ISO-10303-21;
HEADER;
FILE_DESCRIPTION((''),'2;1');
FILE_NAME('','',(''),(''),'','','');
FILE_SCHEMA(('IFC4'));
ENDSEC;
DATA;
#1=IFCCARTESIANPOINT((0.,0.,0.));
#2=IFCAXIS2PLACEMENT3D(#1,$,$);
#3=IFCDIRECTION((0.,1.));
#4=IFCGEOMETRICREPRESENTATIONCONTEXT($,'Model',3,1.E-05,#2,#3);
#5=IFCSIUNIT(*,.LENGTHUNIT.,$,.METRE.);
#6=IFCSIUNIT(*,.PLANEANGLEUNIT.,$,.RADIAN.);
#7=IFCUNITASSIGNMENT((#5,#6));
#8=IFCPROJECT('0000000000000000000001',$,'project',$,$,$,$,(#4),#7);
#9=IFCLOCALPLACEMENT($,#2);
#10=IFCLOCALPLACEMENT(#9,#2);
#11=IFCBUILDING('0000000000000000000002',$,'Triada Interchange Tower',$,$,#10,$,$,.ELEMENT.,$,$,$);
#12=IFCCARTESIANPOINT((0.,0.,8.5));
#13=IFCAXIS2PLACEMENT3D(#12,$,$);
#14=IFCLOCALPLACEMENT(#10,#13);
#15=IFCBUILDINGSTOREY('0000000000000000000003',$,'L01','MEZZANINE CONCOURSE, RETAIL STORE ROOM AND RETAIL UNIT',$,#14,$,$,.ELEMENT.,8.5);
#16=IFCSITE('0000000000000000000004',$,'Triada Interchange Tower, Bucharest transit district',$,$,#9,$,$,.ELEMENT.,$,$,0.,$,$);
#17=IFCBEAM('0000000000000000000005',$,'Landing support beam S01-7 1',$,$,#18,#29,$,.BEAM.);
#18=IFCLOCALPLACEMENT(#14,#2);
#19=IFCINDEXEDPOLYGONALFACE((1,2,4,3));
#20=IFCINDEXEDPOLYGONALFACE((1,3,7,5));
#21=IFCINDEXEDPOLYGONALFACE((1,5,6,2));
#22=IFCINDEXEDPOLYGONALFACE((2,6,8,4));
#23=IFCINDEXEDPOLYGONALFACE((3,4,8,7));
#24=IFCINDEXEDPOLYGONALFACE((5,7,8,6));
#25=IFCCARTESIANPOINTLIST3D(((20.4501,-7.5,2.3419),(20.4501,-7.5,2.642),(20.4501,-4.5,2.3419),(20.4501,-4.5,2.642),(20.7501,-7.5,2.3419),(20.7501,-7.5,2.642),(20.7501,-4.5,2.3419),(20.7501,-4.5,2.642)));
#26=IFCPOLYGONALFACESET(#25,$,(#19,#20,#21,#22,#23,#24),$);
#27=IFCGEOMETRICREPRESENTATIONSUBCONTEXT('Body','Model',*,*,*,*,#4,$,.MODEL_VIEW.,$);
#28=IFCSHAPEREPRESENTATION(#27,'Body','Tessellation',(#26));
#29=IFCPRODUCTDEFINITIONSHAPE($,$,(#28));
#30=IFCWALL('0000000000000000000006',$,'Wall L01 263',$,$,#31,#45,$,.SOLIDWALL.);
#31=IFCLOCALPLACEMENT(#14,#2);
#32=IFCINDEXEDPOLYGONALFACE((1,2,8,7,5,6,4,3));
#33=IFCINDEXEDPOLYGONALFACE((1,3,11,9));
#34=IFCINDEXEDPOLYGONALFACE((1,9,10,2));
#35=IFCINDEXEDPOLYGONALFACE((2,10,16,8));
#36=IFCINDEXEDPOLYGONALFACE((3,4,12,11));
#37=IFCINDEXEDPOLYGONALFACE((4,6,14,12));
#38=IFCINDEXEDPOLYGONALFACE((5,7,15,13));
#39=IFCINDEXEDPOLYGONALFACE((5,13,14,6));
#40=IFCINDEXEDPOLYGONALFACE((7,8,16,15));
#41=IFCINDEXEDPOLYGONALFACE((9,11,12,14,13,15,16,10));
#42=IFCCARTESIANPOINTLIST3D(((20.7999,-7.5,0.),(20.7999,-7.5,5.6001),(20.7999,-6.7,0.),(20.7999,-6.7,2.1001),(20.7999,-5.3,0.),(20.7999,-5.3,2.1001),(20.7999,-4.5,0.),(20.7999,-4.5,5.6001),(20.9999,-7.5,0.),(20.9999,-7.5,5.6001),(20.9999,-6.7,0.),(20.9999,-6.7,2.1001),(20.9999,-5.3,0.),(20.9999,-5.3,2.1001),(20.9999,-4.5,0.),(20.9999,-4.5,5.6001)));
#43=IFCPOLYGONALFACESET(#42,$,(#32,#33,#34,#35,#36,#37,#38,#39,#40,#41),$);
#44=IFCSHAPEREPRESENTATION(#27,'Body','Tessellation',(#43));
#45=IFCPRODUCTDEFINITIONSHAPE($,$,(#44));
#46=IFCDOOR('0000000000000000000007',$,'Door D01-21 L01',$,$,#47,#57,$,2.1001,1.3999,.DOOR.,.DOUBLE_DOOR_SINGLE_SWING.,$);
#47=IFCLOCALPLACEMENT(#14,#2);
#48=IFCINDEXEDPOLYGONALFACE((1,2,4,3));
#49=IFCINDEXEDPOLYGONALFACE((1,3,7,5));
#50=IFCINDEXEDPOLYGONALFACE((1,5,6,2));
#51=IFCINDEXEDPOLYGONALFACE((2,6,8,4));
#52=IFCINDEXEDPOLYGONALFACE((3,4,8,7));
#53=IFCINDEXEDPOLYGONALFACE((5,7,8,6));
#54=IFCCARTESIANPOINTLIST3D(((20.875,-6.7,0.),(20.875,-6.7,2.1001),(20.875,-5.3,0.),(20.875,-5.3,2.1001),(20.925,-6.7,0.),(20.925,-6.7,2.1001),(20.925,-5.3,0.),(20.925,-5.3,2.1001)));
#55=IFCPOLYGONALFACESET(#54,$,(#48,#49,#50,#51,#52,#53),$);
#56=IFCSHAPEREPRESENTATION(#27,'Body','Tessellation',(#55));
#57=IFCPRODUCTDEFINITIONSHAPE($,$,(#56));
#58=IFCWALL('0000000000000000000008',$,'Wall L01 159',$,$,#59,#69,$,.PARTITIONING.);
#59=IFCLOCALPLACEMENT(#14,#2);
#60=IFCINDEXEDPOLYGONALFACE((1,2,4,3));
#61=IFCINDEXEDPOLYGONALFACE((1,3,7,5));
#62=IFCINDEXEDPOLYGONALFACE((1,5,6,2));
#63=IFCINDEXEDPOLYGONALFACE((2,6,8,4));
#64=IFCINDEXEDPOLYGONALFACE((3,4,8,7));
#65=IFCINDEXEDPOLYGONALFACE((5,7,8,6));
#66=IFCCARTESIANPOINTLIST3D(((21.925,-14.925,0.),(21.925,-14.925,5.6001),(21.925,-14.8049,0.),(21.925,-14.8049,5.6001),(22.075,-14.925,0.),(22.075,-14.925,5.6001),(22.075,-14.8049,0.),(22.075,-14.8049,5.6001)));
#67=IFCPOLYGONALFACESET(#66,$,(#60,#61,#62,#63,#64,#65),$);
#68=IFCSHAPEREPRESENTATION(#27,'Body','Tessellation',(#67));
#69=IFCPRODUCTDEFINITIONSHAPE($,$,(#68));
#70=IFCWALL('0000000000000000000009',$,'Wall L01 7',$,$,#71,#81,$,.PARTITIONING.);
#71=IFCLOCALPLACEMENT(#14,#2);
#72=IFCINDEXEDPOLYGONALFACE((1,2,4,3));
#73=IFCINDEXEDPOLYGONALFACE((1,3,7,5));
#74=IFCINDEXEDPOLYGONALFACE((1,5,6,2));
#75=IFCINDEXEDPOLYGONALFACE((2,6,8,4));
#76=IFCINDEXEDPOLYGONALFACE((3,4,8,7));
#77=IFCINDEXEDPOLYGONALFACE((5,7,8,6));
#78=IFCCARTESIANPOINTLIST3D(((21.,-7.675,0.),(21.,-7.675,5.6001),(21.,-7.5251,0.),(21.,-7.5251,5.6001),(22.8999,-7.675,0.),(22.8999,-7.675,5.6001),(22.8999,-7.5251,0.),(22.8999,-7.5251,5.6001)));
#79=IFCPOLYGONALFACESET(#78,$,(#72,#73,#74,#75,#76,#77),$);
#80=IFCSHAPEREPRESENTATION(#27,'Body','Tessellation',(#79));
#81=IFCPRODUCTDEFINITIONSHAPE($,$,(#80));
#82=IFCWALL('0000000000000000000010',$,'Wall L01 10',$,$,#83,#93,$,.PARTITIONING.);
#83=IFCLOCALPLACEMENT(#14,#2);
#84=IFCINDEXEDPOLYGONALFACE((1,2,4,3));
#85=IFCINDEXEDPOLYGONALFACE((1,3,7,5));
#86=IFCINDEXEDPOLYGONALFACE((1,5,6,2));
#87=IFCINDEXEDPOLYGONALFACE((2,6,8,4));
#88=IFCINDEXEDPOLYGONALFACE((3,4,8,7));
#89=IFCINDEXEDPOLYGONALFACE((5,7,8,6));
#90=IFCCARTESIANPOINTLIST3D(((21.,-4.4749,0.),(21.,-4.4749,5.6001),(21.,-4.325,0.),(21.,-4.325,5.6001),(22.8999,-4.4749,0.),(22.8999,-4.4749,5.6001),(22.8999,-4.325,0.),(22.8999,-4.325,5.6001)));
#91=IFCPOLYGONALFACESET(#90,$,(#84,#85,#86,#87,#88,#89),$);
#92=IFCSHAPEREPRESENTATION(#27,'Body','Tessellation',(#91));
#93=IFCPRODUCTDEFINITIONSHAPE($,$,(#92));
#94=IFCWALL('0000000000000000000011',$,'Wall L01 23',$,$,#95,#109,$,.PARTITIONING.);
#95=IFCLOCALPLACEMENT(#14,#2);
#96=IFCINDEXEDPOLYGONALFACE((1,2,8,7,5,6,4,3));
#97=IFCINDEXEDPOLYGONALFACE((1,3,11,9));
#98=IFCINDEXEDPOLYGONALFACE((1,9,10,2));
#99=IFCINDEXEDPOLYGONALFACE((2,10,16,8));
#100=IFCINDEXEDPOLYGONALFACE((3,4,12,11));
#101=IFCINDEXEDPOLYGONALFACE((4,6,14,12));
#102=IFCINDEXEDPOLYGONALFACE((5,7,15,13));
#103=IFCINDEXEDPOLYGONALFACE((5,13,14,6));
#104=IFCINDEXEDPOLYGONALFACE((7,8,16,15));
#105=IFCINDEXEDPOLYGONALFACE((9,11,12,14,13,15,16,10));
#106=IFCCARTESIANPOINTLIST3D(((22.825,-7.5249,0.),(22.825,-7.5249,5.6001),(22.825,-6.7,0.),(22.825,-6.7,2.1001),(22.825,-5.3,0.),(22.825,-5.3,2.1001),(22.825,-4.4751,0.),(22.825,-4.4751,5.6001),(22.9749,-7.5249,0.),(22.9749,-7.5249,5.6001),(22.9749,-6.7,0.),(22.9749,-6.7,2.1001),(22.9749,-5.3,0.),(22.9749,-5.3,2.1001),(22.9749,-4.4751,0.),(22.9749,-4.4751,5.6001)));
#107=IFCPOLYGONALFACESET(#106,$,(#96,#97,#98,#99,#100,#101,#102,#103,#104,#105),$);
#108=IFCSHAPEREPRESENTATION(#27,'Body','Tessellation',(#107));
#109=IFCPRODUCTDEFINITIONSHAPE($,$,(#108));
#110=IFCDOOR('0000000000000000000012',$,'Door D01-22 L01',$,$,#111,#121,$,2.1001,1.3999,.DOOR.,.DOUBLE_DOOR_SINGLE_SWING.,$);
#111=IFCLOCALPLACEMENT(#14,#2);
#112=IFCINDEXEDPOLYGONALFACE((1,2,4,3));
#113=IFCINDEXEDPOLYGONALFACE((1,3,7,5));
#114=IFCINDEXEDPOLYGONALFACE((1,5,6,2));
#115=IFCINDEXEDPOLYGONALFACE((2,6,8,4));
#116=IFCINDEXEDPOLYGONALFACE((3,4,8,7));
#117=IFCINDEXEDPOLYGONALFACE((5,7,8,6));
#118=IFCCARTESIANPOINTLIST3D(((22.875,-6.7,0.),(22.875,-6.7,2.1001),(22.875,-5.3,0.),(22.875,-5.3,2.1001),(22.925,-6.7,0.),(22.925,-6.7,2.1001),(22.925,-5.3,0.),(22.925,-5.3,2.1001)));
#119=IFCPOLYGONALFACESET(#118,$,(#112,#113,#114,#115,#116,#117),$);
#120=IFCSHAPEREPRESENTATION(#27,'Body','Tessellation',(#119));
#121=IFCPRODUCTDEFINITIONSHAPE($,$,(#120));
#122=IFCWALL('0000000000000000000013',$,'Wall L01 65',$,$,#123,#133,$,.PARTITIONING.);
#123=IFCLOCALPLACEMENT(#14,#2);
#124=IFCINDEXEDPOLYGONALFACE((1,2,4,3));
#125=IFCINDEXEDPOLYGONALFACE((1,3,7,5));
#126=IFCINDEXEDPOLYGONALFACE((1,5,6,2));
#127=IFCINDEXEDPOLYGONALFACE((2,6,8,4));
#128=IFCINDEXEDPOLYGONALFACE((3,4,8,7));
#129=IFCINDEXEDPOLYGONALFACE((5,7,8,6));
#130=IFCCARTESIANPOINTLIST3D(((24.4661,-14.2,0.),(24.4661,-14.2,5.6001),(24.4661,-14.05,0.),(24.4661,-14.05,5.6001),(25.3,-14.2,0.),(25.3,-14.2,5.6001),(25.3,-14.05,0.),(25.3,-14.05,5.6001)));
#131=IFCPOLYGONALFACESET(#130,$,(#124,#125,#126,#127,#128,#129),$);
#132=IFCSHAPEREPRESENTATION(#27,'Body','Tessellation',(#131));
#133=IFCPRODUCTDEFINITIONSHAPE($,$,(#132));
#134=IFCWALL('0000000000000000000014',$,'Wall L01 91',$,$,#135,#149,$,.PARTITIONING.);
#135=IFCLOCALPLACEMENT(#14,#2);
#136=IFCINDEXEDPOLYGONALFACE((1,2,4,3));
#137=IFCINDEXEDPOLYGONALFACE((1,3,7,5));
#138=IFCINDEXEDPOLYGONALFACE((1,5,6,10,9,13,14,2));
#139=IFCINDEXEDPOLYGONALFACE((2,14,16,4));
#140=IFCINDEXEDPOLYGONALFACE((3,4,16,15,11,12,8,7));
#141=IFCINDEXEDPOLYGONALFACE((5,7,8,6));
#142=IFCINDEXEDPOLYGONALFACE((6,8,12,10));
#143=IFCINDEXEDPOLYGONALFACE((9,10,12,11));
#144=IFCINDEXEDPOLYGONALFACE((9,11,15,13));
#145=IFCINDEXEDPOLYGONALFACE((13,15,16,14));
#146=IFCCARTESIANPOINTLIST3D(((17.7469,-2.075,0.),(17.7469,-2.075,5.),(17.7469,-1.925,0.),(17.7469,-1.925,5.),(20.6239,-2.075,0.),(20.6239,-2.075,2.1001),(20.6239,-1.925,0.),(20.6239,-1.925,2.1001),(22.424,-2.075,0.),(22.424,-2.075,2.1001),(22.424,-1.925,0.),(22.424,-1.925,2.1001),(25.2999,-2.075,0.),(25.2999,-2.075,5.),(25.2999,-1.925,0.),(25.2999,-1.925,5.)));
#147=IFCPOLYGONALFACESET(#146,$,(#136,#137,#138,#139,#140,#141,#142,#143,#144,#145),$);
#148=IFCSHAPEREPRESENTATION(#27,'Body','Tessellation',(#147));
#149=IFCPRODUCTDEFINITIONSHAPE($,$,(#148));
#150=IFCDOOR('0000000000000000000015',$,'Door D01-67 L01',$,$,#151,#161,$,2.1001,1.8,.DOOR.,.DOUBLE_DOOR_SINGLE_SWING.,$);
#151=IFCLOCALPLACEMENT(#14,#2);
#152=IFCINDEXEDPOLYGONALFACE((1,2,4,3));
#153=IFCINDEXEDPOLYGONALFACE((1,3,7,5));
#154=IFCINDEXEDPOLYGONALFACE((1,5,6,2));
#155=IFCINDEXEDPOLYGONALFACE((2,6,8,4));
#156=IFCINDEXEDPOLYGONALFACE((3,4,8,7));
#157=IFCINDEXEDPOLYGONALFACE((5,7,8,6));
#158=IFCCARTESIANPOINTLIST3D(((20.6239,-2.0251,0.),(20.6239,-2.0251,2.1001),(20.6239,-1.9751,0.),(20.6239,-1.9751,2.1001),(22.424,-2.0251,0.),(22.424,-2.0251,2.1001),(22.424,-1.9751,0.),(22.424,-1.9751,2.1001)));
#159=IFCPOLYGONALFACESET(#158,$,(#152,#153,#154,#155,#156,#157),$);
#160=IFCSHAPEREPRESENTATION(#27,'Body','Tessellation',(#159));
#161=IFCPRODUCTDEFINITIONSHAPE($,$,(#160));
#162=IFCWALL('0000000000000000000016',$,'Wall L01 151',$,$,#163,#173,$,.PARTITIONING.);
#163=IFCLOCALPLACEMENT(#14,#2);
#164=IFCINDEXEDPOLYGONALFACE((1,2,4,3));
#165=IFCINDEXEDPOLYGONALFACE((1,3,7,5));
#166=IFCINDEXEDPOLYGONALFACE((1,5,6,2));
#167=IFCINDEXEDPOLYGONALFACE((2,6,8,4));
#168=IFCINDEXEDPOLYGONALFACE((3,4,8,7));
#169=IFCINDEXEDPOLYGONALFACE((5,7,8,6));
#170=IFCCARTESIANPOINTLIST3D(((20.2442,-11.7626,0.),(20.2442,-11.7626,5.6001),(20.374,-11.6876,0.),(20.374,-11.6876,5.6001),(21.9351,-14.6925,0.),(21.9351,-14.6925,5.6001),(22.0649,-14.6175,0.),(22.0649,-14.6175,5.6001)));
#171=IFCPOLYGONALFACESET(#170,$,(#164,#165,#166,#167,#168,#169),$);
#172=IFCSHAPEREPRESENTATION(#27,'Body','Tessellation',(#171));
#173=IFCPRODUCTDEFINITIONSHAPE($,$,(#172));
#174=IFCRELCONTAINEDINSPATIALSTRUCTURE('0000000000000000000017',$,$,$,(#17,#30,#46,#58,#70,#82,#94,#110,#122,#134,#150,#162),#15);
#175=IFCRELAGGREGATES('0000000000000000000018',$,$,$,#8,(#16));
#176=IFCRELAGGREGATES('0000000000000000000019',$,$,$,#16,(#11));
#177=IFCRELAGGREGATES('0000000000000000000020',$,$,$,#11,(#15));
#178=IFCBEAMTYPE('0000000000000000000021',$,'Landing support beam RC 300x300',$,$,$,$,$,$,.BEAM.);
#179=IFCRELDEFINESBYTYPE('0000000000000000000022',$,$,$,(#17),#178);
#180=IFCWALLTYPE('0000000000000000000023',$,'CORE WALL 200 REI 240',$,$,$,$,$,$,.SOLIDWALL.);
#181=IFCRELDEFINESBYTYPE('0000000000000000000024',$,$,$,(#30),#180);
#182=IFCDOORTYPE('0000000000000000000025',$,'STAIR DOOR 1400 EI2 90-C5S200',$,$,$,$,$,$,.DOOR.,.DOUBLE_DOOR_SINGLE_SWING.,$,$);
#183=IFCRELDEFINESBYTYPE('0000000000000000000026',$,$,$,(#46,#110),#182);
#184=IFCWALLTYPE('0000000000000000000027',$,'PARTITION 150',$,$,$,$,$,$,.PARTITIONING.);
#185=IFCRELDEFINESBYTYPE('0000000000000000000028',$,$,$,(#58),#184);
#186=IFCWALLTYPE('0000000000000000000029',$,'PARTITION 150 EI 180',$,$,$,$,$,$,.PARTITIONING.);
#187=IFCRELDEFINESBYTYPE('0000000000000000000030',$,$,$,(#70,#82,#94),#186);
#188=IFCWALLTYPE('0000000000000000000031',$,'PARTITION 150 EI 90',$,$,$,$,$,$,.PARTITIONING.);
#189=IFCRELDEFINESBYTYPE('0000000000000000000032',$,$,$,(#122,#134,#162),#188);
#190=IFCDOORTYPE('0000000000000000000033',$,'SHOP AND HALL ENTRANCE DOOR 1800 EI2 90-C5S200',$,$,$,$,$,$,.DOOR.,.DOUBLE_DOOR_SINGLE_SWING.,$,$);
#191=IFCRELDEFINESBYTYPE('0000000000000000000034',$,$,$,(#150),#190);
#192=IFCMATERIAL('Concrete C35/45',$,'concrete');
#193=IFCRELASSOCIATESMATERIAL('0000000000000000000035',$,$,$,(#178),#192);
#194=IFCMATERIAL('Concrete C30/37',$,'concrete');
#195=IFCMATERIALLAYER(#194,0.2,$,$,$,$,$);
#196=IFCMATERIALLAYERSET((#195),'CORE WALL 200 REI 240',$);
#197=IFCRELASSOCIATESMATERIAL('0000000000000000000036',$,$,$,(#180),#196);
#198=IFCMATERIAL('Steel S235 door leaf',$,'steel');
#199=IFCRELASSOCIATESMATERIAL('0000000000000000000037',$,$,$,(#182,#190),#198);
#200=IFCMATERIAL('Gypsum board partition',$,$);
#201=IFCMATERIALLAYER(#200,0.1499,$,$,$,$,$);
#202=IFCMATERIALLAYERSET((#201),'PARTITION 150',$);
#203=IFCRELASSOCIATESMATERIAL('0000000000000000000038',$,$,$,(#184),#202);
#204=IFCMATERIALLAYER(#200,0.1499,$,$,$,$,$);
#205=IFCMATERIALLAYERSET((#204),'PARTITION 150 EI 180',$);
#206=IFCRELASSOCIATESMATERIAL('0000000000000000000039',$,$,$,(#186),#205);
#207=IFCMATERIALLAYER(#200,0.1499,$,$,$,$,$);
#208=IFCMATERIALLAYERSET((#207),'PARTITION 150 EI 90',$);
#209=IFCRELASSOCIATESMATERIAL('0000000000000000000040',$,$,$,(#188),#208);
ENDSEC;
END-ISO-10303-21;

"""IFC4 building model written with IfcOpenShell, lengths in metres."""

from ifc_helpers import new_model, si_unit, direction, frame, frame_2d, origin, origin_2d, place, context, subcontext, project, spatial, rectangle, extrude, material, layer, layer_set, material_profile, profile_set, type_object, element, fill, save


model = new_model("IFC4")

# Units and contexts
model_context = context("Model", 3, precision=1e-05, world=origin(), true_north=direction((0.0, 1.0)))
body_context = subcontext(model_context, "Body", "Model", "MODEL_VIEW")
ifc_project = project(units=[si_unit("LENGTHUNIT", "METRE"), si_unit("PLANEANGLEUNIT", "RADIAN")], contexts=[model_context])

# Site, building, storey
site_placement = place(None, origin())
site = spatial("IfcSite", under=ifc_project, at=site_placement, Name="Triada Interchange Tower, Bucharest transit district", CompositionType="ELEMENT", RefElevation=0.0)
building_placement = place(site_placement, origin())
building = spatial("IfcBuilding", under=site, at=building_placement, Name="Triada Interchange Tower", CompositionType="ELEMENT")
storey_placement = place(building_placement, frame((0.0, 0.0, 8.5)))
storey = spatial("IfcBuildingStorey", under=building, at=storey_placement, Name="L01", Description="MEZZANINE CONCOURSE, RETAIL STORE ROOM AND RETAIL UNIT", CompositionType="ELEMENT", Elevation=8.5)

# Beam
ifc_material_1 = material(Name="Concrete C35/45", Category="concrete")
ifc_material_profile = material_profile(ifc_material_1, rectangle(XDim=0.3, YDim=0.3, at=origin_2d()), Name="RC 300x300")
ifc_profile_set = profile_set([ifc_material_profile], Name="Concrete C35/45")
beam_type = type_object("IfcBeamType", Name="Landing support beam RC 300x300", PredefinedType="BEAM", material=ifc_profile_set)
beam_placement = place(storey_placement, frame((20.6001, -7.5, 2.4919), z_axis=(0.0, 1.0, 0.0), x_axis=(-1.0, 0.0, 0.0)))
element("IfcBeam", 1, at=beam_placement, inside=storey, type_object=beam_type, Name="Landing support beam S01-7 1", PredefinedType="BEAM", context=body_context, shape_type="SweptSolid", body=[
    extrude(rectangle(XDim=0.3, YDim=0.3, at=origin_2d()), origin(), (0.0, 0.0, 1.0), 3.0),
])

# Wall, opening, door
ifc_material_2 = material(Name="Concrete C30/37", Category="concrete")
ifc_layer_1 = layer(ifc_material_2, 0.2)
ifc_layer_set_1 = layer_set([ifc_layer_1], Name="CORE WALL 200 REI 240")
wall_type_1 = type_object("IfcWallType", Name="CORE WALL 200 REI 240", PredefinedType="SOLIDWALL", material=ifc_layer_set_1)
wall_1_placement = place(storey_placement, frame((20.8999, -7.5, 0.0), z_axis=(0.0, 0.0, 1.0), x_axis=(0.0, 1.0, 0.0)))
wall_1 = element("IfcWall", 2, at=wall_1_placement, inside=storey, type_object=wall_type_1, Name="Wall L01 263", PredefinedType="SOLIDWALL", context=body_context, shape_type="SweptSolid", body=[
    extrude(rectangle(XDim=3.0, YDim=0.2, at=frame_2d((1.5, 0.0))), origin(), (0.0, 0.0, 1.0), 5.6001),
])
opening_1_placement = place(wall_1_placement, frame((0.8, 0.0, 0.0)))
opening_1 = element("IfcOpeningElement", 3, at=opening_1_placement, cuts=wall_1, PredefinedType="OPENING", context=body_context, shape_type="SweptSolid", body=[
    extrude(rectangle(XDim=1.3999, YDim=2.1001, at=frame_2d((0.7, 1.05))), frame((0.0, 0.1099, 0.0), z_axis=(0.0, -1.0, 0.0), x_axis=(1.0, 0.0, 0.0)), (0.0, 0.0, 1.0), 0.22),
])
ifc_material_3 = material(Name="Steel S235 door leaf", Category="steel")
door_type_1 = type_object("IfcDoorType", Name="STAIR DOOR 1400 EI2 90-C5S200", OperationType="DOUBLE_DOOR_SINGLE_SWING", PredefinedType="DOOR", material=ifc_material_3)
door_1_placement = place(opening_1_placement, origin())
door_1 = element("IfcDoor", 4, at=door_1_placement, inside=storey, type_object=door_type_1, Name="Door D01-21 L01", OperationType="DOUBLE_DOOR_SINGLE_SWING", OverallHeight=2.1001, OverallWidth=1.3999, PredefinedType="DOOR", context=body_context, shape_type="SweptSolid", body=[
    extrude(rectangle(XDim=1.3999, YDim=2.1001, at=frame_2d((0.7, 1.05))), frame((0.0, 0.0249, 0.0), z_axis=(0.0, -1.0, 0.0), x_axis=(1.0, 0.0, 0.0)), (0.0, 0.0, 1.0), 0.05),
])
fill(opening_1, door_1)

# Walls
ifc_material_4 = material(Name="Gypsum board partition")
ifc_layer_2 = layer(ifc_material_4, 0.1499)
ifc_layer_set_2 = layer_set([ifc_layer_2], Name="PARTITION 150")
wall_type_2 = type_object("IfcWallType", Name="PARTITION 150", PredefinedType="PARTITIONING", material=ifc_layer_set_2)
wall_2_placement = place(storey_placement, frame((22.0, -14.925, 0.0), z_axis=(0.0, 0.0, 1.0), x_axis=(0.0, 1.0, 0.0)))
element("IfcWall", 5, at=wall_2_placement, inside=storey, type_object=wall_type_2, Name="Wall L01 159", PredefinedType="PARTITIONING", context=body_context, shape_type="SweptSolid", body=[
    extrude(rectangle(XDim=0.1201, YDim=0.1499, at=frame_2d((0.0601, 0.0))), origin(), (0.0, 0.0, 1.0), 5.6001),
])
ifc_layer_3 = layer(ifc_material_4, 0.1499)
ifc_layer_set_3 = layer_set([ifc_layer_3], Name="PARTITION 150 EI 180")
wall_type_3 = type_object("IfcWallType", Name="PARTITION 150 EI 180", PredefinedType="PARTITIONING", material=ifc_layer_set_3)
for number, where, z_axis, x_axis, name in (
    (6, (21.0, -7.6001, 0.0), (0.0, 0.0, 1.0), (1.0, 0.0, 0.0), "Wall L01 7"),
    (7, (21.0, -4.3999, 0.0), (0.0, 0.0, 1.0), (1.0, 0.0, 0.0), "Wall L01 10"),
):
    element("IfcWall", number, at=place(storey_placement, frame(where, z_axis=z_axis, x_axis=x_axis)), inside=storey, type_object=wall_type_3, Name=name, PredefinedType="PARTITIONING", context=body_context, shape_type="SweptSolid", body=[
        extrude(rectangle(XDim=1.8999, YDim=0.1499, at=frame_2d((0.95, 0.0))), origin(), (0.0, 0.0, 1.0), 5.6001),
    ])

# Wall, opening, door
wall_3_placement = place(storey_placement, frame((22.8999, -7.5249, 0.0), z_axis=(0.0, 0.0, 1.0), x_axis=(0.0, 1.0, 0.0)))
wall_3 = element("IfcWall", 8, at=wall_3_placement, inside=storey, type_object=wall_type_3, Name="Wall L01 23", PredefinedType="PARTITIONING", context=body_context, shape_type="SweptSolid", body=[
    extrude(rectangle(XDim=3.0498, YDim=0.1499, at=frame_2d((1.5249, 0.0))), origin(), (0.0, 0.0, 1.0), 5.6001),
])
opening_2_placement = place(wall_3_placement, frame((0.825, 0.0, 0.0)))
opening_2 = element("IfcOpeningElement", 9, at=opening_2_placement, cuts=wall_3, PredefinedType="OPENING", context=body_context, shape_type="SweptSolid", body=[
    extrude(rectangle(XDim=1.3999, YDim=2.1001, at=frame_2d((0.7, 1.05))), frame((0.0, 0.085, 0.0), z_axis=(0.0, -1.0, 0.0), x_axis=(1.0, 0.0, 0.0)), (0.0, 0.0, 1.0), 0.1699),
])
door_2_placement = place(opening_2_placement, origin())
door_2 = element("IfcDoor", 10, at=door_2_placement, inside=storey, type_object=door_type_1, Name="Door D01-22 L01", OperationType="DOUBLE_DOOR_SINGLE_SWING", OverallHeight=2.1001, OverallWidth=1.3999, PredefinedType="DOOR", context=body_context, shape_type="SweptSolid", body=[
    extrude(rectangle(XDim=1.3999, YDim=2.1001, at=frame_2d((0.7, 1.05))), frame((0.0, 0.0249, 0.0), z_axis=(0.0, -1.0, 0.0), x_axis=(1.0, 0.0, 0.0)), (0.0, 0.0, 1.0), 0.05),
])
fill(opening_2, door_2)

# Wall
ifc_layer_4 = layer(ifc_material_4, 0.1499)
ifc_layer_set_4 = layer_set([ifc_layer_4], Name="PARTITION 150 EI 90")
wall_type_4 = type_object("IfcWallType", Name="PARTITION 150 EI 90", PredefinedType="PARTITIONING", material=ifc_layer_set_4)
wall_4_placement = place(storey_placement, frame((24.4661, -14.125, 0.0), z_axis=(0.0, 0.0, 1.0), x_axis=(1.0, 0.0, 0.0)))
element("IfcWall", 11, at=wall_4_placement, inside=storey, type_object=wall_type_4, Name="Wall L01 65", PredefinedType="PARTITIONING", context=body_context, shape_type="SweptSolid", body=[
    extrude(rectangle(XDim=0.834, YDim=0.1499, at=frame_2d((0.417, 0.0))), origin(), (0.0, 0.0, 1.0), 5.6001),
])

# Wall, opening, door
wall_5_placement = place(storey_placement, frame((17.7471, -2.0, 0.0), z_axis=(0.0, 0.0, 1.0), x_axis=(1.0, 0.0, 0.0)))
wall_5 = element("IfcWall", 12, at=wall_5_placement, inside=storey, type_object=wall_type_4, Name="Wall L01 91", PredefinedType="PARTITIONING", context=body_context, shape_type="SweptSolid", body=[
    extrude(rectangle(XDim=7.553, YDim=0.1499, at=frame_2d((3.7764, 0.0))), origin(), (0.0, 0.0, 1.0), 5.0),
])
opening_3_placement = place(wall_5_placement, frame((2.877, 0.0, 0.0)))
opening_3 = element("IfcOpeningElement", 13, at=opening_3_placement, cuts=wall_5, PredefinedType="OPENING", context=body_context, shape_type="SweptSolid", body=[
    extrude(rectangle(XDim=1.8, YDim=2.1001, at=frame_2d((0.8999, 1.05))), frame((0.0, 0.085, 0.0), z_axis=(0.0, -1.0, 0.0), x_axis=(1.0, 0.0, 0.0)), (0.0, 0.0, 1.0), 0.1699),
])
door_type_2 = type_object("IfcDoorType", Name="SHOP AND HALL ENTRANCE DOOR 1800 EI2 90-C5S200", OperationType="DOUBLE_DOOR_SINGLE_SWING", PredefinedType="DOOR", material=ifc_material_3)
door_3_placement = place(opening_3_placement, origin())
door_3 = element("IfcDoor", 14, at=door_3_placement, inside=storey, type_object=door_type_2, Name="Door D01-67 L01", OperationType="DOUBLE_DOOR_SINGLE_SWING", OverallHeight=2.1001, OverallWidth=1.8, PredefinedType="DOOR", context=body_context, shape_type="SweptSolid", body=[
    extrude(rectangle(XDim=1.8, YDim=2.1001, at=frame_2d((0.8999, 1.05))), frame((0.0, 0.0249, 0.0), z_axis=(0.0, -1.0, 0.0), x_axis=(1.0, 0.0, 0.0)), (0.0, 0.0, 1.0), 0.05),
])
fill(opening_3, door_3)

# Wall
wall_6_placement = place(storey_placement, frame((20.3091, -11.7251, 0.0), z_axis=(0.0, 0.0, 1.0), x_axis=(0.499849, -0.866112, 0.0)))
element("IfcWall", 15, at=wall_6_placement, inside=storey, type_object=wall_type_4, Name="Wall L01 151", PredefinedType="PARTITIONING", context=body_context, shape_type="SweptSolid", body=[
    extrude(rectangle(XDim=3.3828, YDim=0.1499, at=frame_2d((1.6914, 0.0))), origin(), (0.0, 0.0, 1.0), 5.6001),
])

save(model, "model.ifc")
